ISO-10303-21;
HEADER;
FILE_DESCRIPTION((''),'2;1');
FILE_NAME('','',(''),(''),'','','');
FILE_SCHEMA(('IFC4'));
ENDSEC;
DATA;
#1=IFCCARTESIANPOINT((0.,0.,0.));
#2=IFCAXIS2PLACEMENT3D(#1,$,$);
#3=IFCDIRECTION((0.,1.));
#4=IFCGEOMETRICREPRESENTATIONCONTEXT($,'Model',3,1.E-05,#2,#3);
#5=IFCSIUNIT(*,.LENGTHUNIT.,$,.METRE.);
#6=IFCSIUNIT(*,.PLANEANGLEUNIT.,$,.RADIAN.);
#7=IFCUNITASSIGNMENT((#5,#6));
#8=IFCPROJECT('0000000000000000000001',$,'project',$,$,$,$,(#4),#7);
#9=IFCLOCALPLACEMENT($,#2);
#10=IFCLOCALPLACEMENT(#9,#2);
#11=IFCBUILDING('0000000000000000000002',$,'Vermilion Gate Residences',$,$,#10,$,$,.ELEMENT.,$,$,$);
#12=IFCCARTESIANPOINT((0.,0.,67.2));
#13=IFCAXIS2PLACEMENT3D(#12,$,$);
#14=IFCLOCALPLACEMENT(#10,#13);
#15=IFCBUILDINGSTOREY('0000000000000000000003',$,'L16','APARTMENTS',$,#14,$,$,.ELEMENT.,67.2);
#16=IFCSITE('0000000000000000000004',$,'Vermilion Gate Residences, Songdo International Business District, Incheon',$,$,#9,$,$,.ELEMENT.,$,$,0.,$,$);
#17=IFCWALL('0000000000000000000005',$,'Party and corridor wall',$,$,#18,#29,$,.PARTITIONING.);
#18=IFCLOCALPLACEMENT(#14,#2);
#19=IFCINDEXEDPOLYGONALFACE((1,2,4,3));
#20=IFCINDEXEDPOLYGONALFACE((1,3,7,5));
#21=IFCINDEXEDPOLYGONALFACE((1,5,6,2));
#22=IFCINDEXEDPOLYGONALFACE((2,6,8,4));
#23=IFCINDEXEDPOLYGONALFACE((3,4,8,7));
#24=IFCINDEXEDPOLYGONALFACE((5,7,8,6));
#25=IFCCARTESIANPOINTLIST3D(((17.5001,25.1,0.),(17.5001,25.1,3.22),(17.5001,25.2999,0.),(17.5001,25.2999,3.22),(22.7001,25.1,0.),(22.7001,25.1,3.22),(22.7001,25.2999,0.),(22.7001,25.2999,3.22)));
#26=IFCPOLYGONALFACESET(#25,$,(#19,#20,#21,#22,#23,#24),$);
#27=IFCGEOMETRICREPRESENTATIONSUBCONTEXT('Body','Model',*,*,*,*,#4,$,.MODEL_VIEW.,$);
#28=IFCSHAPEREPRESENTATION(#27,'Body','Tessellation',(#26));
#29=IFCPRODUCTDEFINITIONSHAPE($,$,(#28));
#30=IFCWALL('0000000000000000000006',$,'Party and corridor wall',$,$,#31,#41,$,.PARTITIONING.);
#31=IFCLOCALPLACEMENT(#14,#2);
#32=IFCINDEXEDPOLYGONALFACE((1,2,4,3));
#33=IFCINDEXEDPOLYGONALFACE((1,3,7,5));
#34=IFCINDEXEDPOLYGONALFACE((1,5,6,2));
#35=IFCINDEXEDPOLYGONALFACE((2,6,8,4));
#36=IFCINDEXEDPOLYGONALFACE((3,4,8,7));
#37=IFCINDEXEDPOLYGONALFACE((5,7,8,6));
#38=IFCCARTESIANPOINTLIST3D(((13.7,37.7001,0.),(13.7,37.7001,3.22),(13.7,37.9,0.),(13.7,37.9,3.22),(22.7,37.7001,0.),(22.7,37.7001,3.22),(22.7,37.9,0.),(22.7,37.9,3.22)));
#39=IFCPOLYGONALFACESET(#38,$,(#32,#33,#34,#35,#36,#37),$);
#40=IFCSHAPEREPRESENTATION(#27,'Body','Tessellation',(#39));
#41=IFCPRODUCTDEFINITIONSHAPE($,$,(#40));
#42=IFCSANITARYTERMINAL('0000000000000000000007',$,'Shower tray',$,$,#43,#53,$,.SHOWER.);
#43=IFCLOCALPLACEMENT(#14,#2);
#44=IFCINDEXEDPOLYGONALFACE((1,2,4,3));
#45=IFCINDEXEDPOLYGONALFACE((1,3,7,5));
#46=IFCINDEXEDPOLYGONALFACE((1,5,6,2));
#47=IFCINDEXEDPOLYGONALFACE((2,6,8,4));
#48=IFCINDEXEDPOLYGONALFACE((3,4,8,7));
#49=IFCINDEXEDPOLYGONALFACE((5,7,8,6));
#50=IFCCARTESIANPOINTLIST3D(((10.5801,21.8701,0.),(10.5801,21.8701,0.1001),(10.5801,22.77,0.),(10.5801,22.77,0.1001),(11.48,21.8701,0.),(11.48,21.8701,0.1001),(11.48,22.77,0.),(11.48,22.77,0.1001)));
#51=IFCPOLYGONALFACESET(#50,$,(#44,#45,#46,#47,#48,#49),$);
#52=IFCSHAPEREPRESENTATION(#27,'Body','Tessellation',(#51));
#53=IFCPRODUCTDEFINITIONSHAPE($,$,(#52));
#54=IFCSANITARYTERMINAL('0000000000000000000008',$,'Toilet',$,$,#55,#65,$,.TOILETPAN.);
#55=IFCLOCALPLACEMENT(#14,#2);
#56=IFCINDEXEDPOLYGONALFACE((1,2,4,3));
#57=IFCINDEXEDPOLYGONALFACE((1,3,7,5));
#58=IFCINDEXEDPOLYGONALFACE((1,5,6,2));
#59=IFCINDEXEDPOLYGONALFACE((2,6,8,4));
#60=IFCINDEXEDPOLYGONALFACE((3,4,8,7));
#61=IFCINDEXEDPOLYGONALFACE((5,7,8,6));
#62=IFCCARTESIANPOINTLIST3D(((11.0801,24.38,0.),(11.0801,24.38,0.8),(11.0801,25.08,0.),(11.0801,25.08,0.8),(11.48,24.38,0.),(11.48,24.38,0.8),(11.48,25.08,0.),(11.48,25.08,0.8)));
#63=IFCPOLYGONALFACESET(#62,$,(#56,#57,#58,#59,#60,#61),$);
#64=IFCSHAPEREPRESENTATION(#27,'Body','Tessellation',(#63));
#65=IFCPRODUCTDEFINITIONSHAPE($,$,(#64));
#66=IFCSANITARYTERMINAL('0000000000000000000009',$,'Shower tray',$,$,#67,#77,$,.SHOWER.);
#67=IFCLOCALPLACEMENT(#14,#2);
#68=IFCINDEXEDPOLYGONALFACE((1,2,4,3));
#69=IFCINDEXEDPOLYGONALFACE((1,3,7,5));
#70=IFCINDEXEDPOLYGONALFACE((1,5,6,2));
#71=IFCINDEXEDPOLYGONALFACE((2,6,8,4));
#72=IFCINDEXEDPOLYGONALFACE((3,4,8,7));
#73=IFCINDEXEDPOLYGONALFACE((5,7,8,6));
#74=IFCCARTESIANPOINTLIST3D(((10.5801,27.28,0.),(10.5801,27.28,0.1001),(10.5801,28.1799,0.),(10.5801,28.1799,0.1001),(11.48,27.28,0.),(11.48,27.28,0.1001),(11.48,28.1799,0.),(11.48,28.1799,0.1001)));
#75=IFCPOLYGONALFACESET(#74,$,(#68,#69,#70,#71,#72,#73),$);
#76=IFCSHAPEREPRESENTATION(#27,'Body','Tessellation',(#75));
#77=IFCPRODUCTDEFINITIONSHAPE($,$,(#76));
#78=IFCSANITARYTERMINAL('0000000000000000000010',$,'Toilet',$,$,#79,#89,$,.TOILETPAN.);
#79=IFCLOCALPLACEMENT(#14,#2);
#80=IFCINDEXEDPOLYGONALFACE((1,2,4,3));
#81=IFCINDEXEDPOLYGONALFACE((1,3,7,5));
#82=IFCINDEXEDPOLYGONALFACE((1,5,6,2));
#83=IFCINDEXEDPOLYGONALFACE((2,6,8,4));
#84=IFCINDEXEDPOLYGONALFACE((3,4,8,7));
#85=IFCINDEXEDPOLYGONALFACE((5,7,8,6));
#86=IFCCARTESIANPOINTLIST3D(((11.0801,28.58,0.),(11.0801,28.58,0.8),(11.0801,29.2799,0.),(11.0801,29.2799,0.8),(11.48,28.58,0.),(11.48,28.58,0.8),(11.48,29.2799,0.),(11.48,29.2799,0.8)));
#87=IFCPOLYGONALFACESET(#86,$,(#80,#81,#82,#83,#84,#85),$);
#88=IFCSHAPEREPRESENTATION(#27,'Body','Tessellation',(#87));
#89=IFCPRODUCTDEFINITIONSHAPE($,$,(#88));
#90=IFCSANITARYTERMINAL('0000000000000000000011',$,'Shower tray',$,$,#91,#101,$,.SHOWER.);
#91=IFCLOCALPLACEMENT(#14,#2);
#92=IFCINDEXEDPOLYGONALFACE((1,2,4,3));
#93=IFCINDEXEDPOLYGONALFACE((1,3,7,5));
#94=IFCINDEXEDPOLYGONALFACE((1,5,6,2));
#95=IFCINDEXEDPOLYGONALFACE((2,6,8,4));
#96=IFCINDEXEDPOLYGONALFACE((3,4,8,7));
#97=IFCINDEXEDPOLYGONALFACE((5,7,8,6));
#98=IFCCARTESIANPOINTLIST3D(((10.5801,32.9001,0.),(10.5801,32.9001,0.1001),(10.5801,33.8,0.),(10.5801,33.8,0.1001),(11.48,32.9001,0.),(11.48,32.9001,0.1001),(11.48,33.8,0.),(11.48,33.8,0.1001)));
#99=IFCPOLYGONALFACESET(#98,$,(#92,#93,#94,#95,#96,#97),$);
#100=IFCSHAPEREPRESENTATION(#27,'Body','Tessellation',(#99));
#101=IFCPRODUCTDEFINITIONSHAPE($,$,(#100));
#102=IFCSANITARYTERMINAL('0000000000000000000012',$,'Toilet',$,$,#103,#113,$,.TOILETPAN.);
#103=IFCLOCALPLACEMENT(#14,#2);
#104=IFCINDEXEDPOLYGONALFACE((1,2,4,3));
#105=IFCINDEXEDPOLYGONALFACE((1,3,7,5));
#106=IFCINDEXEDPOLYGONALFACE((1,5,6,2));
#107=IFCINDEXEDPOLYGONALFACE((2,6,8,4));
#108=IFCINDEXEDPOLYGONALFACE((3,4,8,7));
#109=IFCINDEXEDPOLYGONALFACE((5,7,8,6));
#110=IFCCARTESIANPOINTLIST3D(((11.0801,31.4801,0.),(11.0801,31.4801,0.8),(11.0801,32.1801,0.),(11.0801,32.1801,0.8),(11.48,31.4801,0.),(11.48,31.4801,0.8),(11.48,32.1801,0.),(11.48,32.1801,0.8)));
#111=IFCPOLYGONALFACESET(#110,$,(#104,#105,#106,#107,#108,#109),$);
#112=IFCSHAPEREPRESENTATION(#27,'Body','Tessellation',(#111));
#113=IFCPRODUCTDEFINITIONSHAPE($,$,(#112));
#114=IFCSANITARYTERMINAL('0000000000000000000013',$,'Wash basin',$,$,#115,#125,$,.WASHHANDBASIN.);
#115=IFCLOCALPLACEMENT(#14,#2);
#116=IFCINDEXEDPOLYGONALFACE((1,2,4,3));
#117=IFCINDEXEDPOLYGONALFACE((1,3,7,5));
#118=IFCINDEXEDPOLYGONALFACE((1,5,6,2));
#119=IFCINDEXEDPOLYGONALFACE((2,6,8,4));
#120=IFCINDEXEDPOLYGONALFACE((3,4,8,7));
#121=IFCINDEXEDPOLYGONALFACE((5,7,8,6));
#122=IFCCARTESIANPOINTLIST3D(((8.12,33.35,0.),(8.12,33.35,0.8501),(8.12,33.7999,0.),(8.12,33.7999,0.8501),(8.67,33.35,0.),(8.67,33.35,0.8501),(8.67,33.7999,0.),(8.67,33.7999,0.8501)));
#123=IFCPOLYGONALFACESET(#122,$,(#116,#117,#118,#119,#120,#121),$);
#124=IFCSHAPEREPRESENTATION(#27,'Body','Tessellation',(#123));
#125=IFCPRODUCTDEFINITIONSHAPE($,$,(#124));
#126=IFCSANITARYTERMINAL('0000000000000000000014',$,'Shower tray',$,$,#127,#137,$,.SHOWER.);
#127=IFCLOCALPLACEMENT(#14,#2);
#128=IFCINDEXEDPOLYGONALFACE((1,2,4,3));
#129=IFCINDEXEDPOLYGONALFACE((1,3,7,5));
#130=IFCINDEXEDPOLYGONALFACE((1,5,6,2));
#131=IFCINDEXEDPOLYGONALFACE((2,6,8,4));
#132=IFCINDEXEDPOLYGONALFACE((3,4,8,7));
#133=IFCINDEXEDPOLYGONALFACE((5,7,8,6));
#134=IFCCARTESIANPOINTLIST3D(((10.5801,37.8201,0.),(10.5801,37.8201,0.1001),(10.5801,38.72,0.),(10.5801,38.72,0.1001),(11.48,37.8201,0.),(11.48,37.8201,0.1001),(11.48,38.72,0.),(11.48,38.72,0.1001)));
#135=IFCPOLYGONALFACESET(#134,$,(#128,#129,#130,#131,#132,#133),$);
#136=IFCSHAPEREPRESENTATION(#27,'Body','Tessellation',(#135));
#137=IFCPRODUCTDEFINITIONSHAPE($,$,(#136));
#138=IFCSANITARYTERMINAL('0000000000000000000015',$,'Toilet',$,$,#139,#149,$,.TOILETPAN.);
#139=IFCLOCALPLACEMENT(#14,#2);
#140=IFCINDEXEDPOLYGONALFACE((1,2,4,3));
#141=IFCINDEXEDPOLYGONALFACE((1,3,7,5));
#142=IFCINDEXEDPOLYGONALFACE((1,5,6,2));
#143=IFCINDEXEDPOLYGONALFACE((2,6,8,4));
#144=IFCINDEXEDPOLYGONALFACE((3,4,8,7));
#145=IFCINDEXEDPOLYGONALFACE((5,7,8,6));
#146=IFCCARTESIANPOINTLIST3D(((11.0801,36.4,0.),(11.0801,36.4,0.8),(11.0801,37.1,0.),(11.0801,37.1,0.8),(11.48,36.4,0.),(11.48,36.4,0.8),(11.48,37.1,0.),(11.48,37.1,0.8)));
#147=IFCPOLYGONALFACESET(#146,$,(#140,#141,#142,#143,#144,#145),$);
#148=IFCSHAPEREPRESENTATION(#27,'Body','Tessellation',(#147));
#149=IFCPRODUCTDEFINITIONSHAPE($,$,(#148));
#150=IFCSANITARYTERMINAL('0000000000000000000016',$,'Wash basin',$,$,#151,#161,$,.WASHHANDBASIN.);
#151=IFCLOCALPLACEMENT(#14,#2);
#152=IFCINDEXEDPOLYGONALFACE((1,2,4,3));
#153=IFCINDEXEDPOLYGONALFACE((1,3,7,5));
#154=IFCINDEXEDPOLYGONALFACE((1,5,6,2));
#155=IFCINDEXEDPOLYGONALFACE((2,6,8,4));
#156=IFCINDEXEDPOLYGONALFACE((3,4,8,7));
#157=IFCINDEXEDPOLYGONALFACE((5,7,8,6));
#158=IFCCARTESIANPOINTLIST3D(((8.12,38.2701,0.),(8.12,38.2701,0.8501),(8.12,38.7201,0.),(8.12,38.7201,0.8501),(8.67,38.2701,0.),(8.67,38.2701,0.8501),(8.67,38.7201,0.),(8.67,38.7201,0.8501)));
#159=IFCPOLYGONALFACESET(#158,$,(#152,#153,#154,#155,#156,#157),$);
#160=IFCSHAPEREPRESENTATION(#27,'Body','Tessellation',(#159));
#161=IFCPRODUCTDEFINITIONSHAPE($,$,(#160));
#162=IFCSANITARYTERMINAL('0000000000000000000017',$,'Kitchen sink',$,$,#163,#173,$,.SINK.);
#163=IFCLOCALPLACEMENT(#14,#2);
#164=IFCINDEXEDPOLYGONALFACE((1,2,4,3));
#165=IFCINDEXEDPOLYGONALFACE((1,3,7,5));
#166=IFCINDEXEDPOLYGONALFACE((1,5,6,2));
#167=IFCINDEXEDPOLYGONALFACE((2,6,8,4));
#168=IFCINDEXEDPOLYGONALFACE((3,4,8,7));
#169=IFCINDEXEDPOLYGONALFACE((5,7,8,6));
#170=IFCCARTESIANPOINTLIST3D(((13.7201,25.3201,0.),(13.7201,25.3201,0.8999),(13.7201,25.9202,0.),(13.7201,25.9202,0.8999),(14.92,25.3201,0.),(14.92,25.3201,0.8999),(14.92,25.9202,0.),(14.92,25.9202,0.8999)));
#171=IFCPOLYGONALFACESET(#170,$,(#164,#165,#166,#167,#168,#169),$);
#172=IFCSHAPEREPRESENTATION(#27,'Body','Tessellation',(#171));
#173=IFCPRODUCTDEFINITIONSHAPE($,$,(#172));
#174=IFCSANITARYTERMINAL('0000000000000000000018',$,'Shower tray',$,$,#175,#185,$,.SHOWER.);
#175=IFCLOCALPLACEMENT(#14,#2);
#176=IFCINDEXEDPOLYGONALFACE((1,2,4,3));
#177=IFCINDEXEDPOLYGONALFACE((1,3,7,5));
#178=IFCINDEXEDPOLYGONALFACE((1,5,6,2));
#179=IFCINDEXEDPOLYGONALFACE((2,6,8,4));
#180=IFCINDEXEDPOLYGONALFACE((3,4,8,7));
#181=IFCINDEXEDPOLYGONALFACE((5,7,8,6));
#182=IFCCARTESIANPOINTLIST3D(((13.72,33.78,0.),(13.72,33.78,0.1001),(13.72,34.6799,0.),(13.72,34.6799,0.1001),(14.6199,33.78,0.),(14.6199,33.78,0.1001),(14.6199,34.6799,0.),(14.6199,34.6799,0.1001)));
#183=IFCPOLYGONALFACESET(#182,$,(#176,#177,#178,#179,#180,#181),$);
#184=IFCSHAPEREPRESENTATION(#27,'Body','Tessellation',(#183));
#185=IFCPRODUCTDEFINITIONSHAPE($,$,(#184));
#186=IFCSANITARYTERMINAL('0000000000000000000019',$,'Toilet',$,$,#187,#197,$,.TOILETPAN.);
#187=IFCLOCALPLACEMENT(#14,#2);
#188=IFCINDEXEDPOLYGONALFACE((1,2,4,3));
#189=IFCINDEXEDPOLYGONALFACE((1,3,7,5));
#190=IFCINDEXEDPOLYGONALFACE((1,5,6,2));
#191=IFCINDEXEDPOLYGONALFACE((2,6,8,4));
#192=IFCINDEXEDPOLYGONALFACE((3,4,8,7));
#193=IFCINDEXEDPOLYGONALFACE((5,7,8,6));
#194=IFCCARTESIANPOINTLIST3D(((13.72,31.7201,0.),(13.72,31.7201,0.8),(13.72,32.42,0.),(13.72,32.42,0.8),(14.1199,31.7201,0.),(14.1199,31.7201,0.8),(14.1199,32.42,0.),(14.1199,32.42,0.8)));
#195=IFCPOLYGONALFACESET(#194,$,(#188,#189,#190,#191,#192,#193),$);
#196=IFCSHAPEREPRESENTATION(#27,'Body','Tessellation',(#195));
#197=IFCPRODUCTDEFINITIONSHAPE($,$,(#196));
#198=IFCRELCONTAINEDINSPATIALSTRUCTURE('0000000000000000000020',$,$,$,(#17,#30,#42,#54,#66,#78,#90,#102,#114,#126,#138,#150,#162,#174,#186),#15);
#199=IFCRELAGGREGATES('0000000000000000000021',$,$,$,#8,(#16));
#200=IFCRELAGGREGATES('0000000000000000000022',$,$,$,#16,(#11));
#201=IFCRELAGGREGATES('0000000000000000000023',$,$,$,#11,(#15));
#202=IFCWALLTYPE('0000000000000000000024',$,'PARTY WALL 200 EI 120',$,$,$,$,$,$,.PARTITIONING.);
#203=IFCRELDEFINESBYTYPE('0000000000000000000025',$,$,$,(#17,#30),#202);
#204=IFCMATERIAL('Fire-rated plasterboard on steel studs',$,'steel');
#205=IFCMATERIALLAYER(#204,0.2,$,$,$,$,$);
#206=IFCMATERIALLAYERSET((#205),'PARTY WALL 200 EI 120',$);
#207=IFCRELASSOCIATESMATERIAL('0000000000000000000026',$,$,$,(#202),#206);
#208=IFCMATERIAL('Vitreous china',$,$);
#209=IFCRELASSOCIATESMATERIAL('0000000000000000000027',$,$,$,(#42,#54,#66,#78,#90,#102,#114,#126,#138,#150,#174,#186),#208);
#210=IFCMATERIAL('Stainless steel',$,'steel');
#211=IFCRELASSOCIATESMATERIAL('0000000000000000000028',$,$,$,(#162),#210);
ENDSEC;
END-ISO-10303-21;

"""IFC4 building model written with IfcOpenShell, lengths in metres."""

from ifc_helpers import new_model, si_unit, direction, frame, frame_2d, origin, origin_2d, place, context, subcontext, project, spatial, rectangle, extrude, material, layer, layer_set, type_object, element, save


model = new_model("IFC4")

# Units and contexts
model_context = context("Model", 3, precision=1e-05, world=origin(), true_north=direction((0.0, 1.0)))
body_context = subcontext(model_context, "Body", "Model", "MODEL_VIEW")
ifc_project = project(units=[si_unit("LENGTHUNIT", "METRE"), si_unit("PLANEANGLEUNIT", "RADIAN")], contexts=[model_context])

# Site, building, storey
site_placement = place(None, origin())
site = spatial("IfcSite", under=ifc_project, at=site_placement, Name="Vermilion Gate Residences, Songdo International Business District, Incheon", CompositionType="ELEMENT", RefElevation=0.0)
building_placement = place(site_placement, origin())
building = spatial("IfcBuilding", under=site, at=building_placement, Name="Vermilion Gate Residences", CompositionType="ELEMENT")
storey_placement = place(building_placement, frame((0.0, 0.0, 67.2)))
storey = spatial("IfcBuildingStorey", under=building, at=storey_placement, Name="L16", Description="APARTMENTS", CompositionType="ELEMENT", Elevation=67.2)

# Walls
ifc_material_1 = material(Name="Fire-rated plasterboard on steel studs", Category="steel")
ifc_layer_1 = layer(ifc_material_1, 0.2)
ifc_layer_set_1 = layer_set([ifc_layer_1], Name="PARTY WALL 200 EI 120")
wall_type_1 = type_object("IfcWallType", Name="PARTY WALL 200 EI 120", PredefinedType="PARTITIONING", material=ifc_layer_set_1)
wall_1_placement = place(storey_placement, frame((17.5, 25.2, 0.0), z_axis=(0.0, 0.0, 1.0), x_axis=(1.0, 0.0, 0.0)))
element("IfcWall", 1, at=wall_1_placement, inside=storey, type_object=wall_type_1, Name="Party and corridor wall", PredefinedType="PARTITIONING", context=body_context, shape_type="SweptSolid", body=[
    extrude(rectangle(XDim=5.2, YDim=0.2, at=frame_2d((2.6001, 0.0))), origin(), (0.0, 0.0, 1.0), 3.22),
])
wall_2_placement = place(storey_placement, frame((13.7, 37.8, 0.0), z_axis=(0.0, 0.0, 1.0), x_axis=(1.0, 0.0, 0.0)))
element("IfcWall", 2, at=wall_2_placement, inside=storey, type_object=wall_type_1, Name="Party and corridor wall", PredefinedType="PARTITIONING", context=body_context, shape_type="SweptSolid", body=[
    extrude(rectangle(XDim=9.0, YDim=0.2, at=frame_2d((4.5, 0.0))), origin(), (0.0, 0.0, 1.0), 3.22),
])

# Sanitary terminals
ifc_material_2 = material(Name="Vitreous china")
sanitary_terminal_1_placement = place(storey_placement, frame((11.03, 22.3201, 0.0), z_axis=(0.0, 0.0, 1.0), x_axis=(1.0, 0.0, 0.0)))
element("IfcSanitaryTerminal", 3, at=sanitary_terminal_1_placement, inside=storey, material=ifc_material_2, Name="Shower tray", PredefinedType="SHOWER", context=body_context, shape_type="SweptSolid", body=[
    extrude(rectangle(XDim=0.8999, YDim=0.8999, at=origin_2d()), origin(), (0.0, 0.0, 1.0), 0.1001),
])
sanitary_terminal_2_placement = place(storey_placement, frame((11.28, 24.73, 0.0), z_axis=(0.0, 0.0, 1.0), x_axis=(1.0, 0.0, 0.0)))
element("IfcSanitaryTerminal", 4, at=sanitary_terminal_2_placement, inside=storey, material=ifc_material_2, Name="Toilet", PredefinedType="TOILETPAN", context=body_context, shape_type="SweptSolid", body=[
    extrude(rectangle(XDim=0.3999, YDim=0.7, at=origin_2d()), origin(), (0.0, 0.0, 1.0), 0.8),
])
sanitary_terminal_3_placement = place(storey_placement, frame((11.03, 27.73, 0.0), z_axis=(0.0, 0.0, 1.0), x_axis=(1.0, 0.0, 0.0)))
element("IfcSanitaryTerminal", 5, at=sanitary_terminal_3_placement, inside=storey, material=ifc_material_2, Name="Shower tray", PredefinedType="SHOWER", context=body_context, shape_type="SweptSolid", body=[
    extrude(rectangle(XDim=0.8999, YDim=0.8999, at=origin_2d()), origin(), (0.0, 0.0, 1.0), 0.1001),
])
sanitary_terminal_4_placement = place(storey_placement, frame((11.28, 28.9299, 0.0), z_axis=(0.0, 0.0, 1.0), x_axis=(1.0, 0.0, 0.0)))
element("IfcSanitaryTerminal", 6, at=sanitary_terminal_4_placement, inside=storey, material=ifc_material_2, Name="Toilet", PredefinedType="TOILETPAN", context=body_context, shape_type="SweptSolid", body=[
    extrude(rectangle(XDim=0.3999, YDim=0.7, at=origin_2d()), origin(), (0.0, 0.0, 1.0), 0.8),
])
sanitary_terminal_5_placement = place(storey_placement, frame((11.03, 33.3501, 0.0), z_axis=(0.0, 0.0, 1.0), x_axis=(1.0, 0.0, 0.0)))
element("IfcSanitaryTerminal", 7, at=sanitary_terminal_5_placement, inside=storey, material=ifc_material_2, Name="Shower tray", PredefinedType="SHOWER", context=body_context, shape_type="SweptSolid", body=[
    extrude(rectangle(XDim=0.8999, YDim=0.8999, at=origin_2d()), origin(), (0.0, 0.0, 1.0), 0.1001),
])
sanitary_terminal_6_placement = place(storey_placement, frame((11.28, 31.8301, 0.0), z_axis=(0.0, 0.0, 1.0), x_axis=(1.0, 0.0, 0.0)))
element("IfcSanitaryTerminal", 8, at=sanitary_terminal_6_placement, inside=storey, material=ifc_material_2, Name="Toilet", PredefinedType="TOILETPAN", context=body_context, shape_type="SweptSolid", body=[
    extrude(rectangle(XDim=0.3999, YDim=0.7, at=origin_2d()), origin(), (0.0, 0.0, 1.0), 0.8),
])
sanitary_terminal_7_placement = place(storey_placement, frame((8.395, 33.575, 0.0), z_axis=(0.0, 0.0, 1.0), x_axis=(1.0, 0.0, 0.0)))
element("IfcSanitaryTerminal", 9, at=sanitary_terminal_7_placement, inside=storey, material=ifc_material_2, Name="Wash basin", PredefinedType="WASHHANDBASIN", context=body_context, shape_type="SweptSolid", body=[
    extrude(rectangle(XDim=0.55, YDim=0.45, at=origin_2d()), origin(), (0.0, 0.0, 1.0), 0.8501),
])
sanitary_terminal_8_placement = place(storey_placement, frame((11.03, 38.27, 0.0), z_axis=(0.0, 0.0, 1.0), x_axis=(1.0, 0.0, 0.0)))
element("IfcSanitaryTerminal", 10, at=sanitary_terminal_8_placement, inside=storey, material=ifc_material_2, Name="Shower tray", PredefinedType="SHOWER", context=body_context, shape_type="SweptSolid", body=[
    extrude(rectangle(XDim=0.8999, YDim=0.8999, at=origin_2d()), origin(), (0.0, 0.0, 1.0), 0.1001),
])
sanitary_terminal_9_placement = place(storey_placement, frame((11.28, 36.75, 0.0), z_axis=(0.0, 0.0, 1.0), x_axis=(1.0, 0.0, 0.0)))
element("IfcSanitaryTerminal", 11, at=sanitary_terminal_9_placement, inside=storey, material=ifc_material_2, Name="Toilet", PredefinedType="TOILETPAN", context=body_context, shape_type="SweptSolid", body=[
    extrude(rectangle(XDim=0.3999, YDim=0.7, at=origin_2d()), origin(), (0.0, 0.0, 1.0), 0.8),
])
sanitary_terminal_10_placement = place(storey_placement, frame((8.395, 38.4951, 0.0), z_axis=(0.0, 0.0, 1.0), x_axis=(1.0, 0.0, 0.0)))
element("IfcSanitaryTerminal", 12, at=sanitary_terminal_10_placement, inside=storey, material=ifc_material_2, Name="Wash basin", PredefinedType="WASHHANDBASIN", context=body_context, shape_type="SweptSolid", body=[
    extrude(rectangle(XDim=0.55, YDim=0.45, at=origin_2d()), origin(), (0.0, 0.0, 1.0), 0.8501),
])
ifc_material_3 = material(Name="Stainless steel", Category="steel")
sanitary_terminal_11_placement = place(storey_placement, frame((14.3201, 25.6201, 0.0), z_axis=(0.0, 0.0, 1.0), x_axis=(1.0, 0.0, 0.0)))
element("IfcSanitaryTerminal", 13, at=sanitary_terminal_11_placement, inside=storey, material=ifc_material_3, Name="Kitchen sink", PredefinedType="SINK", context=body_context, shape_type="SweptSolid", body=[
    extrude(rectangle(XDim=1.2, YDim=0.6001, at=origin_2d()), origin(), (0.0, 0.0, 1.0), 0.8999),
])
sanitary_terminal_12_placement = place(storey_placement, frame((14.1699, 34.23, 0.0), z_axis=(0.0, 0.0, 1.0), x_axis=(1.0, 0.0, 0.0)))
element("IfcSanitaryTerminal", 14, at=sanitary_terminal_12_placement, inside=storey, material=ifc_material_2, Name="Shower tray", PredefinedType="SHOWER", context=body_context, shape_type="SweptSolid", body=[
    extrude(rectangle(XDim=0.8999, YDim=0.8999, at=origin_2d()), origin(), (0.0, 0.0, 1.0), 0.1001),
])
sanitary_terminal_13_placement = place(storey_placement, frame((13.9199, 32.0701, 0.0), z_axis=(0.0, 0.0, 1.0), x_axis=(1.0, 0.0, 0.0)))
element("IfcSanitaryTerminal", 15, at=sanitary_terminal_13_placement, inside=storey, material=ifc_material_2, Name="Toilet", PredefinedType="TOILETPAN", context=body_context, shape_type="SweptSolid", body=[
    extrude(rectangle(XDim=0.3999, YDim=0.7, at=origin_2d()), origin(), (0.0, 0.0, 1.0), 0.8),
])

save(model, "model.ifc")
